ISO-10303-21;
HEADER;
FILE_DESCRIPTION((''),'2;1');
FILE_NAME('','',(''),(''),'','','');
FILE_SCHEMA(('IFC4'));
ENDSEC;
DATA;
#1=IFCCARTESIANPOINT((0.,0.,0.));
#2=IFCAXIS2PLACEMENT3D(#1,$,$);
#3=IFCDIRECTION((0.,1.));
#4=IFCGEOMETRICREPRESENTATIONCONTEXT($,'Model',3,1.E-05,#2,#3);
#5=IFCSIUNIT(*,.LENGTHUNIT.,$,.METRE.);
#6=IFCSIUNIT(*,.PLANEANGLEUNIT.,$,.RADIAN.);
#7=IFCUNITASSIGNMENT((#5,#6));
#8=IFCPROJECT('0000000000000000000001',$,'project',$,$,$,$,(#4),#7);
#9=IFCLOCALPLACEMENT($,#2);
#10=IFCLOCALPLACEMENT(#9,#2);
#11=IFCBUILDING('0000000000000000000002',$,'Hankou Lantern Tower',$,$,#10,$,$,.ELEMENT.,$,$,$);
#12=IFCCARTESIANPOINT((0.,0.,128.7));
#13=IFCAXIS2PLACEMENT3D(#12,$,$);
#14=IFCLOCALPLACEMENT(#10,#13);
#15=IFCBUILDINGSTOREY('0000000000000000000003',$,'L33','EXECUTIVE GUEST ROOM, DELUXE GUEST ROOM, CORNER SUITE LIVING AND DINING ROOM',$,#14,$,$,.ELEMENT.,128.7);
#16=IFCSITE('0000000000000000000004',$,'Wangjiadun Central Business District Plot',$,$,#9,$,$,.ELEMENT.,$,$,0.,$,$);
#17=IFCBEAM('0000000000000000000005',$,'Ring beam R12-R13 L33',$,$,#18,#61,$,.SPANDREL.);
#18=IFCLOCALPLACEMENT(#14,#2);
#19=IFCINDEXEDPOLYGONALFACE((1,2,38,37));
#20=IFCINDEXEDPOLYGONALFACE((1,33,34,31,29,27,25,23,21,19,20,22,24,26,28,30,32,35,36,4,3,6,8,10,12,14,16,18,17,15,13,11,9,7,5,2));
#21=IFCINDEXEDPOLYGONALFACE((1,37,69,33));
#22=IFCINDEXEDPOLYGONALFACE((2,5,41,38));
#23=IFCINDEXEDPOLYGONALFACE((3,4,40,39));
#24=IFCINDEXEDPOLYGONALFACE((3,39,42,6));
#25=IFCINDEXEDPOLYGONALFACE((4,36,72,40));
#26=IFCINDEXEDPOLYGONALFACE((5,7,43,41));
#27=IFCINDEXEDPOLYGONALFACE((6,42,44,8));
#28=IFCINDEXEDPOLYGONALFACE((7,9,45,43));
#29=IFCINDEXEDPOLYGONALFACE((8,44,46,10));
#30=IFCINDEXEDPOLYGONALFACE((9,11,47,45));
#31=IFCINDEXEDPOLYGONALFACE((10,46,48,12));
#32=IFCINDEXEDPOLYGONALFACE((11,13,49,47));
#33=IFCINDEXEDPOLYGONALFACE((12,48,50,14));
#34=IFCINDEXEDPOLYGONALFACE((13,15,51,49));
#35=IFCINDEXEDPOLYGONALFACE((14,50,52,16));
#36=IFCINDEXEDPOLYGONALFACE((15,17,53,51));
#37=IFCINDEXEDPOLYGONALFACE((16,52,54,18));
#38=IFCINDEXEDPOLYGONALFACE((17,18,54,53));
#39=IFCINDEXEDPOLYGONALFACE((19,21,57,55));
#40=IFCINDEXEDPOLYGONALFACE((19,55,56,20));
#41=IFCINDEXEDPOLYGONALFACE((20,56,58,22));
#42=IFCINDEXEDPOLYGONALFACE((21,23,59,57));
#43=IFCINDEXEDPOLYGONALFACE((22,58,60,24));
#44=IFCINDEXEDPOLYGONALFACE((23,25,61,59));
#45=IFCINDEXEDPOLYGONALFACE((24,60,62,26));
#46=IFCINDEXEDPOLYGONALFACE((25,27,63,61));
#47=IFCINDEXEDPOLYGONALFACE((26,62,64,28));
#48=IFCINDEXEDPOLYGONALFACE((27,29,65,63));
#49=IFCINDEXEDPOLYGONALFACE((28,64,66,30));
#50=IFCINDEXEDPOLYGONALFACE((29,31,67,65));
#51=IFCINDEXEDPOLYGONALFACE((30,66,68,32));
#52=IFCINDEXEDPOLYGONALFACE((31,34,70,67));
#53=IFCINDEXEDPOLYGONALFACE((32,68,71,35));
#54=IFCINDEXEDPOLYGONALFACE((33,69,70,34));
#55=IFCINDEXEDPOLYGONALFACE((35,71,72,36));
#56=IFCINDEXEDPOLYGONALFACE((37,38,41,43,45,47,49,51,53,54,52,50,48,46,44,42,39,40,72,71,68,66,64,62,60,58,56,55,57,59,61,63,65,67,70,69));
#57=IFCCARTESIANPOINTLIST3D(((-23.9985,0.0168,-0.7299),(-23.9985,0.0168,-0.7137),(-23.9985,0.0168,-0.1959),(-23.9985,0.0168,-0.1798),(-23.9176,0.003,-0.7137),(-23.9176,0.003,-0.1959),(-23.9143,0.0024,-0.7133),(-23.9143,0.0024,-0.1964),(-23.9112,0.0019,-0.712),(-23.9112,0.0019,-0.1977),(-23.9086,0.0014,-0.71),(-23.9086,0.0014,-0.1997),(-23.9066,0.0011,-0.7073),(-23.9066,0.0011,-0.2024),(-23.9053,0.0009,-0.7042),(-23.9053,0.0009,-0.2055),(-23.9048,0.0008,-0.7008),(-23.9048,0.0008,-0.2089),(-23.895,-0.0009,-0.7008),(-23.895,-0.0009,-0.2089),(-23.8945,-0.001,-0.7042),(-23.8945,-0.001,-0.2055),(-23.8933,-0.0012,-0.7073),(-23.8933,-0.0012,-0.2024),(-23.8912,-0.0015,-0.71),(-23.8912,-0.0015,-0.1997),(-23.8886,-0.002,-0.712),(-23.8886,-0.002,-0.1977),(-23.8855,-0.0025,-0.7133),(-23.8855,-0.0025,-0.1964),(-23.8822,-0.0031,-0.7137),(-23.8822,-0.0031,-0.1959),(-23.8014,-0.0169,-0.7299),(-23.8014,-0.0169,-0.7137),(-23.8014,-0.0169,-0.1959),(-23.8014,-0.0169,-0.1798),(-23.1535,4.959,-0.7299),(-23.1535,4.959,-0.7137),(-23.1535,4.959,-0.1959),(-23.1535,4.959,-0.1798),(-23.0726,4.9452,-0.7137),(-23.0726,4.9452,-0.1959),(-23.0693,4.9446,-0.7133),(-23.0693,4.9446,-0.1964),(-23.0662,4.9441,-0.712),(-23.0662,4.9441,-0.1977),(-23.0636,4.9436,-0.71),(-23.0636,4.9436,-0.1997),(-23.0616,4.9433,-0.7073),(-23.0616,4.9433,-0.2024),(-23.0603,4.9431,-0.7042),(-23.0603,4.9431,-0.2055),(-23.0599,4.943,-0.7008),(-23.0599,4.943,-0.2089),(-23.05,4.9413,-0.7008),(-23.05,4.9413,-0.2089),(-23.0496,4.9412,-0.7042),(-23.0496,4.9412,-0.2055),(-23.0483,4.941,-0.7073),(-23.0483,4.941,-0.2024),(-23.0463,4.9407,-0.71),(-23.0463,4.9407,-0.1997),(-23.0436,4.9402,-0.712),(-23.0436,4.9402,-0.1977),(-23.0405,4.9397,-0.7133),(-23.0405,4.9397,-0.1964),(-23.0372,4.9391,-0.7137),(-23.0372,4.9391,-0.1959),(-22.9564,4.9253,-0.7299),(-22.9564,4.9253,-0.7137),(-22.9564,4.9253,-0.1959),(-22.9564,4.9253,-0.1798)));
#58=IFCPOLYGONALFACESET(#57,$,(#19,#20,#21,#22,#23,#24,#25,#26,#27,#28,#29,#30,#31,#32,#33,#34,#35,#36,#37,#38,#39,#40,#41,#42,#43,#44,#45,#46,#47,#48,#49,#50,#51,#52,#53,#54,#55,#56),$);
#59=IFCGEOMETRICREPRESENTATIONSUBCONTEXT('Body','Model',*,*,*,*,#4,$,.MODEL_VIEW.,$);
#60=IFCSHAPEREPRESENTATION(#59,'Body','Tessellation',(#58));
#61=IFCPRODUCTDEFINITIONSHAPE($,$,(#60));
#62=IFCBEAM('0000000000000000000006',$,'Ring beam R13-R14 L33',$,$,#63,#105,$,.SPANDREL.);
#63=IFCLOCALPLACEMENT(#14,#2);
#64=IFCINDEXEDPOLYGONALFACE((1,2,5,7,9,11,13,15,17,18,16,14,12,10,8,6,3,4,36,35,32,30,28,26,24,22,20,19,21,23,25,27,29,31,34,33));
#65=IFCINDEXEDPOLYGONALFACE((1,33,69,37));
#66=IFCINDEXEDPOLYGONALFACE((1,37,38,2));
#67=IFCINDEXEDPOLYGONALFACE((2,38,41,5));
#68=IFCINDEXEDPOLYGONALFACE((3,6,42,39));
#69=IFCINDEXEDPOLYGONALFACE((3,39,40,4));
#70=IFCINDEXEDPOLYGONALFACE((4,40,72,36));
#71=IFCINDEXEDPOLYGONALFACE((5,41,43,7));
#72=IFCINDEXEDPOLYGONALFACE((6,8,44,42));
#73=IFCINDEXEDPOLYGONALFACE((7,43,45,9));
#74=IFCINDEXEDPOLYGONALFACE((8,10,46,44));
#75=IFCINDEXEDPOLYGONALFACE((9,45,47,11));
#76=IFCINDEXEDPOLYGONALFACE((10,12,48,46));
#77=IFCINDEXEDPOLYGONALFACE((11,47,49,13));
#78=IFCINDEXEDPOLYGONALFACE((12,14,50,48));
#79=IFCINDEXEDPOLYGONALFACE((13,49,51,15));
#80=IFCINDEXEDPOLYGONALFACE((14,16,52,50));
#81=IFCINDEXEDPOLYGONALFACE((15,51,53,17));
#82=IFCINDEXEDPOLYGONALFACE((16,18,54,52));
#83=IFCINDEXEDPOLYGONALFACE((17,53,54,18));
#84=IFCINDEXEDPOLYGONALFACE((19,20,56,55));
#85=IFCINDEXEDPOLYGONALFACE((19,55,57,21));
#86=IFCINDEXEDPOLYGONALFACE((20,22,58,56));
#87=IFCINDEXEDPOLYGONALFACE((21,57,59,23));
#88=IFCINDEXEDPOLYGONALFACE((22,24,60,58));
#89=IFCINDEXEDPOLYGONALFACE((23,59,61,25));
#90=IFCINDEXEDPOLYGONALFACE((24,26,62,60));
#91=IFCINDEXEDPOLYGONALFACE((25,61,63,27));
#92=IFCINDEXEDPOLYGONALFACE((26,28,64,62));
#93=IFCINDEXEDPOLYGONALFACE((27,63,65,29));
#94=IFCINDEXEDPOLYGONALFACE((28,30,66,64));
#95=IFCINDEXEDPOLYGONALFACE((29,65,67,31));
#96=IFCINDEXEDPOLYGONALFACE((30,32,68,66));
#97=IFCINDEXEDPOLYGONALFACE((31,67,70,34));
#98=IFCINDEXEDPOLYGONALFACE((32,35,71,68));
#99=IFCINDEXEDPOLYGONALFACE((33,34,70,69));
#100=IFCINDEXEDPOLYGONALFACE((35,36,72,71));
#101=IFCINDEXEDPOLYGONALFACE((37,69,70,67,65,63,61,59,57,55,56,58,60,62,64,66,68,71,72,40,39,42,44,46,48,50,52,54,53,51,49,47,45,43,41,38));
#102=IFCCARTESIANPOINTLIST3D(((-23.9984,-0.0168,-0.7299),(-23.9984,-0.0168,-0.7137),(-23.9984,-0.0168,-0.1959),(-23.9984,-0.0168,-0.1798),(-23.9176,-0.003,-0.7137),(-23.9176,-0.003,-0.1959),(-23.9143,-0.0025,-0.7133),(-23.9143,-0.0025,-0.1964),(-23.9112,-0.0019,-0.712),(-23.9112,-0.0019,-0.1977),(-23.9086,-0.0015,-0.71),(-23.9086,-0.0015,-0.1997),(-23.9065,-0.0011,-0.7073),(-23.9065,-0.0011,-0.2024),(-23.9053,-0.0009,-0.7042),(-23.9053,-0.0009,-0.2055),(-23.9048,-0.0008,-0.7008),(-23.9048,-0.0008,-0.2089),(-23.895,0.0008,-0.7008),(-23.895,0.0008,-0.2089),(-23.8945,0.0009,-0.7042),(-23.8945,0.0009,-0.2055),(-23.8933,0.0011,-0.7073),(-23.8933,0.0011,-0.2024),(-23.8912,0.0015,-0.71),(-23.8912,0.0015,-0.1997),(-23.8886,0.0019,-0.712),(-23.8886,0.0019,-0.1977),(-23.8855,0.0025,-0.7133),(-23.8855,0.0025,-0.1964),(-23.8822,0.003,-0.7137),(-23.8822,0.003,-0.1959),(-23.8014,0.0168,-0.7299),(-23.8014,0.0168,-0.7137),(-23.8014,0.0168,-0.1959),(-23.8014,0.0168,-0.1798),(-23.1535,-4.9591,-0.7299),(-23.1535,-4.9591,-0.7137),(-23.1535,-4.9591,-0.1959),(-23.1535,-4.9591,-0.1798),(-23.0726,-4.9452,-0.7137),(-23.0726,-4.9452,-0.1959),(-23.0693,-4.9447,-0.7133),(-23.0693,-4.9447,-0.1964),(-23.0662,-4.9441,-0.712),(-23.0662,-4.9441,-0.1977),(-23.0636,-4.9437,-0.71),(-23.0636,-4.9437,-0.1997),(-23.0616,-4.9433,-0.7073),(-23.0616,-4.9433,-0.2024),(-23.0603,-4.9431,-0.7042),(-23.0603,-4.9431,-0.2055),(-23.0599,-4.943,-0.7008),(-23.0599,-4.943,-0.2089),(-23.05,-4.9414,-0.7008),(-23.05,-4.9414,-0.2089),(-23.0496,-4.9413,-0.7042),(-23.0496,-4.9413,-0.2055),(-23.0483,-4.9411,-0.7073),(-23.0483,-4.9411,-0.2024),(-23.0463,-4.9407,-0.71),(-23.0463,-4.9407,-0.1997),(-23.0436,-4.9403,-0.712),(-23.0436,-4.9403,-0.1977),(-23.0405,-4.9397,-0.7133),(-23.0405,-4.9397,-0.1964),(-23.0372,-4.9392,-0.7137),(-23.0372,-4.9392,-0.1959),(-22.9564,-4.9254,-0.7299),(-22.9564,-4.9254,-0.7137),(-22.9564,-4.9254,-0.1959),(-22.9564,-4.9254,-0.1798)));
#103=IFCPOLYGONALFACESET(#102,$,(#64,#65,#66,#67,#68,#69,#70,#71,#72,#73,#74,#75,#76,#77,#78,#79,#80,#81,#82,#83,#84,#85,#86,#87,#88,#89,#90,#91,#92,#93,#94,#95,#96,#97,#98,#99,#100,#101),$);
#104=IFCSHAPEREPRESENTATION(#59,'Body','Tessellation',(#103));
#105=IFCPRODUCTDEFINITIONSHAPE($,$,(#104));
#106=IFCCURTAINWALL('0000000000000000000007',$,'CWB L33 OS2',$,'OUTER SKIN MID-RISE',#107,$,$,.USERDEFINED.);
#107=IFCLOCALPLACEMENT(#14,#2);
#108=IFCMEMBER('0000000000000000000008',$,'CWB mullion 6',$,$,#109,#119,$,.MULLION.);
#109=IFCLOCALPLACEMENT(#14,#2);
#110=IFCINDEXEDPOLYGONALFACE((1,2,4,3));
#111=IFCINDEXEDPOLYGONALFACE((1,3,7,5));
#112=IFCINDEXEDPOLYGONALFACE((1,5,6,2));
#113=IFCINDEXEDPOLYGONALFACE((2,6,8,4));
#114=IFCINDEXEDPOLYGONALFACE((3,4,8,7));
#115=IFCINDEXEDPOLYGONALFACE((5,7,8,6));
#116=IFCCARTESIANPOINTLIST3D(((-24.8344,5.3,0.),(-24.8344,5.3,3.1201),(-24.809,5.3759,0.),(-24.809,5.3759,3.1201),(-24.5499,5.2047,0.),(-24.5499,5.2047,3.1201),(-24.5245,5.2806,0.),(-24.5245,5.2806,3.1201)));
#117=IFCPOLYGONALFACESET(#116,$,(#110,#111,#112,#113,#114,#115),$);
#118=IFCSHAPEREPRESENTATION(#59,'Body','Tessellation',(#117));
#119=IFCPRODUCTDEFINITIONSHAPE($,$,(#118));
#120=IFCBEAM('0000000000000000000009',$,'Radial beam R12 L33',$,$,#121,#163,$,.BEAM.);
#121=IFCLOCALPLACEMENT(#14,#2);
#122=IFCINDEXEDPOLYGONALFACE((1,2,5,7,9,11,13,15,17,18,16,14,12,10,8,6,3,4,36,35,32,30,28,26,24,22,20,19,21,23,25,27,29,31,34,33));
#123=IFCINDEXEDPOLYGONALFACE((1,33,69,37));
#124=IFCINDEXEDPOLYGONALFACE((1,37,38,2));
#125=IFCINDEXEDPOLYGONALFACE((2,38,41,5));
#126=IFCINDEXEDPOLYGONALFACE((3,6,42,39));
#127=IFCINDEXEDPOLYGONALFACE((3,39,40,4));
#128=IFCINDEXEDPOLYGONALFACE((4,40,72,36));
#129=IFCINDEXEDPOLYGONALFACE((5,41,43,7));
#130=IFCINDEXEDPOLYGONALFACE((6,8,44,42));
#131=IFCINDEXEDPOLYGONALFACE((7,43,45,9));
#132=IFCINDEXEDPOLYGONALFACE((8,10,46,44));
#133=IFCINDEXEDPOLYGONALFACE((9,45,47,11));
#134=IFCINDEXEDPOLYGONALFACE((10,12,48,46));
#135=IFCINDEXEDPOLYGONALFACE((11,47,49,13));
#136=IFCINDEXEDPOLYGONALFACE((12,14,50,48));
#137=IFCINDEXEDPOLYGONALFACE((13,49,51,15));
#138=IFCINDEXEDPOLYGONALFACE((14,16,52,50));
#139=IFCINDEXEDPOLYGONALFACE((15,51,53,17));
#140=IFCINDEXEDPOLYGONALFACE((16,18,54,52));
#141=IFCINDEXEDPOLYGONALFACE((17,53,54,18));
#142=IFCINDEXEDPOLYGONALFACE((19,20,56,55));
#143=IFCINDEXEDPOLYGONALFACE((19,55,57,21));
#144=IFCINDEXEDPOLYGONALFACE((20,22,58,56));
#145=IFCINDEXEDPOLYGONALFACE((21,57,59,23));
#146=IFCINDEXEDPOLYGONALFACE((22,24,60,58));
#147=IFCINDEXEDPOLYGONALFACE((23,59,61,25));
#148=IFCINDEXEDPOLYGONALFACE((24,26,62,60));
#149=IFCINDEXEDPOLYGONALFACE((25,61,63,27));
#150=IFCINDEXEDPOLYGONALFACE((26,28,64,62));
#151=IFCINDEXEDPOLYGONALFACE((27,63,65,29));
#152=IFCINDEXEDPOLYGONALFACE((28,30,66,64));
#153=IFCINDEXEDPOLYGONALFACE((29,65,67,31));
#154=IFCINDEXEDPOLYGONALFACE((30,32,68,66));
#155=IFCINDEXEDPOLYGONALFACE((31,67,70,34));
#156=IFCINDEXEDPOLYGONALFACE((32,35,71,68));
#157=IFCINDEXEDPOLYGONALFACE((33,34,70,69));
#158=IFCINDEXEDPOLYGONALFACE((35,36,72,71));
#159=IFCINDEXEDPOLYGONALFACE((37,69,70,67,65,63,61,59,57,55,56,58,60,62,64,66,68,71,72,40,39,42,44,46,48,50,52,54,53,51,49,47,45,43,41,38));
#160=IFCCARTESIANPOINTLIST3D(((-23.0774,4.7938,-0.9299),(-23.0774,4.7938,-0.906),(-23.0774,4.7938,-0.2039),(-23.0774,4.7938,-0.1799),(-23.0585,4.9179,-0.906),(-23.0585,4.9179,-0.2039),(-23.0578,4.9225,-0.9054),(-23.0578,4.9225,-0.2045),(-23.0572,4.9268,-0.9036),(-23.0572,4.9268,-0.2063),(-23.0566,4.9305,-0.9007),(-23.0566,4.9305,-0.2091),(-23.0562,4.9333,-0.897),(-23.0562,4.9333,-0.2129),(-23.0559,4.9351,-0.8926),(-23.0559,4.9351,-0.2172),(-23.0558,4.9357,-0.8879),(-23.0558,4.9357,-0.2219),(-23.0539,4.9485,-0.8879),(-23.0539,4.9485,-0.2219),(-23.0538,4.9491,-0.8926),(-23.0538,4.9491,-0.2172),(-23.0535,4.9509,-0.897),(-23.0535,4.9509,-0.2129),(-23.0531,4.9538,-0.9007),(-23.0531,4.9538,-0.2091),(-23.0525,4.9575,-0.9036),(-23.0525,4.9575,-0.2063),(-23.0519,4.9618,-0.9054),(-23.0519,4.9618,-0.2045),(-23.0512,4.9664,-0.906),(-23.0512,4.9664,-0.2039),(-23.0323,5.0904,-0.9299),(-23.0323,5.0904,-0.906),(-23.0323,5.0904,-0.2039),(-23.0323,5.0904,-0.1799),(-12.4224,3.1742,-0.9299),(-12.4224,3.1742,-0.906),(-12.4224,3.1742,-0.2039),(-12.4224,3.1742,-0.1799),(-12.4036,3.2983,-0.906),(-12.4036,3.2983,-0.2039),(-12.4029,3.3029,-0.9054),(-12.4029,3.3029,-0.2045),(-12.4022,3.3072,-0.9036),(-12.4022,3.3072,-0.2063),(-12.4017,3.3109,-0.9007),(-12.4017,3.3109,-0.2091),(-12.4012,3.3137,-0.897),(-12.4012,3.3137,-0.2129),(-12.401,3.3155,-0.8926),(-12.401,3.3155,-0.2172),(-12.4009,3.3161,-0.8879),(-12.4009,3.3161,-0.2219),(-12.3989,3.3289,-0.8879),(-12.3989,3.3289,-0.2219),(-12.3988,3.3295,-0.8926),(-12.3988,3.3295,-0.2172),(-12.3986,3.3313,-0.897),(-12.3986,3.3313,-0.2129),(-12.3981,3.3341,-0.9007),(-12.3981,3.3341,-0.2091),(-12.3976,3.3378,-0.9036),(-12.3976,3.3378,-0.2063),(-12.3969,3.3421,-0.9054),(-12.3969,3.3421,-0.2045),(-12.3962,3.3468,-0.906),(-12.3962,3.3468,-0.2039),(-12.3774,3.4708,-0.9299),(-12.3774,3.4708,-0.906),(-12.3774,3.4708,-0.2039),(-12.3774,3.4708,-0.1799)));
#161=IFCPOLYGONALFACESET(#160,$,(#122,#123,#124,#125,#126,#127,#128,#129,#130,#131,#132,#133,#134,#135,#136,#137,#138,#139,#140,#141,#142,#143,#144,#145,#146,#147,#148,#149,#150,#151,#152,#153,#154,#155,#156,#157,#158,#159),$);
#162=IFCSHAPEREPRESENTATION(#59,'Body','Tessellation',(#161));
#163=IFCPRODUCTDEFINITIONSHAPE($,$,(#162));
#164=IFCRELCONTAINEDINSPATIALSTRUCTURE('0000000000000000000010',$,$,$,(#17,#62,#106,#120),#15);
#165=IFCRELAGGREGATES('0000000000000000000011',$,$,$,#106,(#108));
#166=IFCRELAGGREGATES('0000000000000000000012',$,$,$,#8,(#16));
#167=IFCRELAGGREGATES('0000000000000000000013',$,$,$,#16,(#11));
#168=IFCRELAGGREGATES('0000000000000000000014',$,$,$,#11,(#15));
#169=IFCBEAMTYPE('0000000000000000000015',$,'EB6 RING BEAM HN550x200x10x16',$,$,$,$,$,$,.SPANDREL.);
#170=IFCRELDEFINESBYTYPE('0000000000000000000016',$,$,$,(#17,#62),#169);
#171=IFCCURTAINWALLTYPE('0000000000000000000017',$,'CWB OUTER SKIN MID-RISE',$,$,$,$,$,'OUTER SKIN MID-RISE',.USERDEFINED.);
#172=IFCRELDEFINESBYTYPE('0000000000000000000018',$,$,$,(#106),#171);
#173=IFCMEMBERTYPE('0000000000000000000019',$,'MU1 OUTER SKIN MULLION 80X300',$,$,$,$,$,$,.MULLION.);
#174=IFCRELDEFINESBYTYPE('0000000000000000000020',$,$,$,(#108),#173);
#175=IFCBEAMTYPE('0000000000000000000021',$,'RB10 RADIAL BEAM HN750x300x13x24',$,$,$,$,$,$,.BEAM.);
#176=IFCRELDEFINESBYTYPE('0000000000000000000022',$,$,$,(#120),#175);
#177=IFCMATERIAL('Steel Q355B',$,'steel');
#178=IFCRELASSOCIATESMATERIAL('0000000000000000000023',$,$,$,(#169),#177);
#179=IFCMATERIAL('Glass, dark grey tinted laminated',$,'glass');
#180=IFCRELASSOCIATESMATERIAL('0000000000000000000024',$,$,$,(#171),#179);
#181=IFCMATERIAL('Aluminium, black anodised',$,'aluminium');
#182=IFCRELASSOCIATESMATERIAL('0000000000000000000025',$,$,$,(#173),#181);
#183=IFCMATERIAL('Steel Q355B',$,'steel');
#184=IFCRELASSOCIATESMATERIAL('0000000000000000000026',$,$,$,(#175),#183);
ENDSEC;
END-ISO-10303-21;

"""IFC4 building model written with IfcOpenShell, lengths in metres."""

from ifc_helpers import new_model, si_unit, direction, frame, origin, origin_2d, place, context, subcontext, project, spatial, rectangle, i_section, extrude, material, material_profile, profile_set, type_object, element, aggregate, save


model = new_model("IFC4")

# Units and contexts
model_context = context("Model", 3, precision=1e-05, world=origin(), true_north=direction((0.0, 1.0)))
body_context = subcontext(model_context, "Body", "Model", "MODEL_VIEW")
ifc_project = project(units=[si_unit("LENGTHUNIT", "METRE"), si_unit("PLANEANGLEUNIT", "RADIAN")], contexts=[model_context])

# Site, building, storey
site_placement = place(None, origin())
site = spatial("IfcSite", under=ifc_project, at=site_placement, Name="Wangjiadun Central Business District Plot", CompositionType="ELEMENT", RefElevation=0.0)
building_placement = place(site_placement, origin())
building = spatial("IfcBuilding", under=site, at=building_placement, Name="Hankou Lantern Tower", CompositionType="ELEMENT")
storey_placement = place(building_placement, frame((0.0, 0.0, 128.7)))
storey = spatial("IfcBuildingStorey", under=building, at=storey_placement, Name="L33", Description="EXECUTIVE GUEST ROOM, DELUXE GUEST ROOM, CORNER SUITE LIVING AND DINING ROOM", CompositionType="ELEMENT", Elevation=128.7)

# Beams
ifc_material_1 = material(Name="Steel Q355B", Category="steel")
ifc_material_profile_1 = material_profile(ifc_material_1, i_section(OverallWidth=0.2, OverallDepth=0.55, WebThickness=0.01, FlangeThickness=0.0161, FilletRadius=0.0129, at=origin_2d()), Name="HN550x200x10x16")
ifc_profile_set_1 = profile_set([ifc_material_profile_1], Name="Steel Q355B")
beam_type_1 = type_object("IfcBeamType", Name="EB6 RING BEAM HN550x200x10x16", PredefinedType="SPANDREL", material=ifc_profile_set_1)
for number, where, z_axis, x_axis, name in (
    (1, (-23.0549, 4.9421, -0.4548), (-0.168527, -0.985697, 0.0), (0.985697, -0.168527, 0.0), "Ring beam R12-R13 L33"),
    (2, (-23.8999, 0.0, -0.4548), (0.168527, -0.985697, 0.0), (0.985697, 0.168527, 0.0), "Ring beam R13-R14 L33"),
):
    element("IfcBeam", number, at=place(storey_placement, frame(where, z_axis=z_axis, x_axis=x_axis)), inside=storey, type_object=beam_type_1, Name=name, PredefinedType="SPANDREL", context=body_context, shape_type="SweptSolid", body=[
        extrude(i_section(OverallWidth=0.2, OverallDepth=0.55, WebThickness=0.01, FlangeThickness=0.0161, FilletRadius=0.0129, at=origin_2d()), origin(), (0.0, 0.0, 1.0), 5.0139),
    ])

# Curtain wall, member
ifc_material_2 = material(Name="Glass, dark grey tinted laminated", Category="glass")
curtain_wall_type = type_object("IfcCurtainWallType", Name="CWB OUTER SKIN MID-RISE", ElementType="OUTER SKIN MID-RISE", PredefinedType="USERDEFINED", material=ifc_material_2)
curtain_wall_placement = place(storey_placement, origin())
curtain_wall = element("IfcCurtainWall", 3, at=curtain_wall_placement, inside=storey, type_object=curtain_wall_type, Name="CWB L33 OS2", ObjectType="OUTER SKIN MID-RISE", PredefinedType="USERDEFINED")
ifc_material_3 = material(Name="Aluminium, black anodised", Category="aluminium")
ifc_material_profile_2 = material_profile(ifc_material_3, rectangle(XDim=0.0801, YDim=0.3, at=origin_2d()), Name="MU1 80X300")
ifc_profile_set_2 = profile_set([ifc_material_profile_2], Name="Aluminium, black anodised")
member_type_1 = type_object("IfcMemberType", Name="MU1 OUTER SKIN MULLION 80X300", PredefinedType="MULLION", material=ifc_profile_set_2)
member_1_placement = place(storey_placement, frame((-24.6794, 5.2903, 0.0), z_axis=(0.0, 0.0, 1.0), x_axis=(-0.317596, -0.948226, 0.0)))
member_1 = element("IfcMember", 4, at=member_1_placement, type_object=member_type_1, Name="CWB mullion 6", PredefinedType="MULLION", context=body_context, shape_type="SweptSolid", body=[
    extrude(rectangle(XDim=0.0801, YDim=0.3, at=origin_2d()), origin(), (0.0, 0.0, 1.0), 3.1201),
])

# Beam
ifc_material_4 = material(Name="Steel Q355B", Category="steel")
ifc_material_profile_3 = material_profile(ifc_material_4, i_section(OverallWidth=0.3, OverallDepth=0.75, WebThickness=0.0129, FlangeThickness=0.0239, FilletRadius=0.0181, at=origin_2d()), Name="HN750x300x13x24")
ifc_profile_set_3 = profile_set([ifc_material_profile_3], Name="Steel Q355B")
beam_type_2 = type_object("IfcBeamType", Name="RB10 RADIAL BEAM HN750x300x13x24", PredefinedType="BEAM", material=ifc_profile_set_3)
beam_1_placement = place(storey_placement, frame((-12.3999, 3.3225, -0.5549), z_axis=(-0.988644, 0.15028, 0.0), x_axis=(-0.15028, -0.988644, 0.0)))
element("IfcBeam", 5, at=beam_1_placement, inside=storey, type_object=beam_type_2, Name="Radial beam R12 L33", PredefinedType="BEAM", context=body_context, shape_type="SweptSolid", body=[
    extrude(i_section(OverallWidth=0.3, OverallDepth=0.75, WebThickness=0.0129, FlangeThickness=0.0239, FilletRadius=0.0181, at=origin_2d()), origin(), (0.0, 0.0, 1.0), 10.7773),
])

aggregate(curtain_wall, [member_1])

save(model, "model.ifc")
